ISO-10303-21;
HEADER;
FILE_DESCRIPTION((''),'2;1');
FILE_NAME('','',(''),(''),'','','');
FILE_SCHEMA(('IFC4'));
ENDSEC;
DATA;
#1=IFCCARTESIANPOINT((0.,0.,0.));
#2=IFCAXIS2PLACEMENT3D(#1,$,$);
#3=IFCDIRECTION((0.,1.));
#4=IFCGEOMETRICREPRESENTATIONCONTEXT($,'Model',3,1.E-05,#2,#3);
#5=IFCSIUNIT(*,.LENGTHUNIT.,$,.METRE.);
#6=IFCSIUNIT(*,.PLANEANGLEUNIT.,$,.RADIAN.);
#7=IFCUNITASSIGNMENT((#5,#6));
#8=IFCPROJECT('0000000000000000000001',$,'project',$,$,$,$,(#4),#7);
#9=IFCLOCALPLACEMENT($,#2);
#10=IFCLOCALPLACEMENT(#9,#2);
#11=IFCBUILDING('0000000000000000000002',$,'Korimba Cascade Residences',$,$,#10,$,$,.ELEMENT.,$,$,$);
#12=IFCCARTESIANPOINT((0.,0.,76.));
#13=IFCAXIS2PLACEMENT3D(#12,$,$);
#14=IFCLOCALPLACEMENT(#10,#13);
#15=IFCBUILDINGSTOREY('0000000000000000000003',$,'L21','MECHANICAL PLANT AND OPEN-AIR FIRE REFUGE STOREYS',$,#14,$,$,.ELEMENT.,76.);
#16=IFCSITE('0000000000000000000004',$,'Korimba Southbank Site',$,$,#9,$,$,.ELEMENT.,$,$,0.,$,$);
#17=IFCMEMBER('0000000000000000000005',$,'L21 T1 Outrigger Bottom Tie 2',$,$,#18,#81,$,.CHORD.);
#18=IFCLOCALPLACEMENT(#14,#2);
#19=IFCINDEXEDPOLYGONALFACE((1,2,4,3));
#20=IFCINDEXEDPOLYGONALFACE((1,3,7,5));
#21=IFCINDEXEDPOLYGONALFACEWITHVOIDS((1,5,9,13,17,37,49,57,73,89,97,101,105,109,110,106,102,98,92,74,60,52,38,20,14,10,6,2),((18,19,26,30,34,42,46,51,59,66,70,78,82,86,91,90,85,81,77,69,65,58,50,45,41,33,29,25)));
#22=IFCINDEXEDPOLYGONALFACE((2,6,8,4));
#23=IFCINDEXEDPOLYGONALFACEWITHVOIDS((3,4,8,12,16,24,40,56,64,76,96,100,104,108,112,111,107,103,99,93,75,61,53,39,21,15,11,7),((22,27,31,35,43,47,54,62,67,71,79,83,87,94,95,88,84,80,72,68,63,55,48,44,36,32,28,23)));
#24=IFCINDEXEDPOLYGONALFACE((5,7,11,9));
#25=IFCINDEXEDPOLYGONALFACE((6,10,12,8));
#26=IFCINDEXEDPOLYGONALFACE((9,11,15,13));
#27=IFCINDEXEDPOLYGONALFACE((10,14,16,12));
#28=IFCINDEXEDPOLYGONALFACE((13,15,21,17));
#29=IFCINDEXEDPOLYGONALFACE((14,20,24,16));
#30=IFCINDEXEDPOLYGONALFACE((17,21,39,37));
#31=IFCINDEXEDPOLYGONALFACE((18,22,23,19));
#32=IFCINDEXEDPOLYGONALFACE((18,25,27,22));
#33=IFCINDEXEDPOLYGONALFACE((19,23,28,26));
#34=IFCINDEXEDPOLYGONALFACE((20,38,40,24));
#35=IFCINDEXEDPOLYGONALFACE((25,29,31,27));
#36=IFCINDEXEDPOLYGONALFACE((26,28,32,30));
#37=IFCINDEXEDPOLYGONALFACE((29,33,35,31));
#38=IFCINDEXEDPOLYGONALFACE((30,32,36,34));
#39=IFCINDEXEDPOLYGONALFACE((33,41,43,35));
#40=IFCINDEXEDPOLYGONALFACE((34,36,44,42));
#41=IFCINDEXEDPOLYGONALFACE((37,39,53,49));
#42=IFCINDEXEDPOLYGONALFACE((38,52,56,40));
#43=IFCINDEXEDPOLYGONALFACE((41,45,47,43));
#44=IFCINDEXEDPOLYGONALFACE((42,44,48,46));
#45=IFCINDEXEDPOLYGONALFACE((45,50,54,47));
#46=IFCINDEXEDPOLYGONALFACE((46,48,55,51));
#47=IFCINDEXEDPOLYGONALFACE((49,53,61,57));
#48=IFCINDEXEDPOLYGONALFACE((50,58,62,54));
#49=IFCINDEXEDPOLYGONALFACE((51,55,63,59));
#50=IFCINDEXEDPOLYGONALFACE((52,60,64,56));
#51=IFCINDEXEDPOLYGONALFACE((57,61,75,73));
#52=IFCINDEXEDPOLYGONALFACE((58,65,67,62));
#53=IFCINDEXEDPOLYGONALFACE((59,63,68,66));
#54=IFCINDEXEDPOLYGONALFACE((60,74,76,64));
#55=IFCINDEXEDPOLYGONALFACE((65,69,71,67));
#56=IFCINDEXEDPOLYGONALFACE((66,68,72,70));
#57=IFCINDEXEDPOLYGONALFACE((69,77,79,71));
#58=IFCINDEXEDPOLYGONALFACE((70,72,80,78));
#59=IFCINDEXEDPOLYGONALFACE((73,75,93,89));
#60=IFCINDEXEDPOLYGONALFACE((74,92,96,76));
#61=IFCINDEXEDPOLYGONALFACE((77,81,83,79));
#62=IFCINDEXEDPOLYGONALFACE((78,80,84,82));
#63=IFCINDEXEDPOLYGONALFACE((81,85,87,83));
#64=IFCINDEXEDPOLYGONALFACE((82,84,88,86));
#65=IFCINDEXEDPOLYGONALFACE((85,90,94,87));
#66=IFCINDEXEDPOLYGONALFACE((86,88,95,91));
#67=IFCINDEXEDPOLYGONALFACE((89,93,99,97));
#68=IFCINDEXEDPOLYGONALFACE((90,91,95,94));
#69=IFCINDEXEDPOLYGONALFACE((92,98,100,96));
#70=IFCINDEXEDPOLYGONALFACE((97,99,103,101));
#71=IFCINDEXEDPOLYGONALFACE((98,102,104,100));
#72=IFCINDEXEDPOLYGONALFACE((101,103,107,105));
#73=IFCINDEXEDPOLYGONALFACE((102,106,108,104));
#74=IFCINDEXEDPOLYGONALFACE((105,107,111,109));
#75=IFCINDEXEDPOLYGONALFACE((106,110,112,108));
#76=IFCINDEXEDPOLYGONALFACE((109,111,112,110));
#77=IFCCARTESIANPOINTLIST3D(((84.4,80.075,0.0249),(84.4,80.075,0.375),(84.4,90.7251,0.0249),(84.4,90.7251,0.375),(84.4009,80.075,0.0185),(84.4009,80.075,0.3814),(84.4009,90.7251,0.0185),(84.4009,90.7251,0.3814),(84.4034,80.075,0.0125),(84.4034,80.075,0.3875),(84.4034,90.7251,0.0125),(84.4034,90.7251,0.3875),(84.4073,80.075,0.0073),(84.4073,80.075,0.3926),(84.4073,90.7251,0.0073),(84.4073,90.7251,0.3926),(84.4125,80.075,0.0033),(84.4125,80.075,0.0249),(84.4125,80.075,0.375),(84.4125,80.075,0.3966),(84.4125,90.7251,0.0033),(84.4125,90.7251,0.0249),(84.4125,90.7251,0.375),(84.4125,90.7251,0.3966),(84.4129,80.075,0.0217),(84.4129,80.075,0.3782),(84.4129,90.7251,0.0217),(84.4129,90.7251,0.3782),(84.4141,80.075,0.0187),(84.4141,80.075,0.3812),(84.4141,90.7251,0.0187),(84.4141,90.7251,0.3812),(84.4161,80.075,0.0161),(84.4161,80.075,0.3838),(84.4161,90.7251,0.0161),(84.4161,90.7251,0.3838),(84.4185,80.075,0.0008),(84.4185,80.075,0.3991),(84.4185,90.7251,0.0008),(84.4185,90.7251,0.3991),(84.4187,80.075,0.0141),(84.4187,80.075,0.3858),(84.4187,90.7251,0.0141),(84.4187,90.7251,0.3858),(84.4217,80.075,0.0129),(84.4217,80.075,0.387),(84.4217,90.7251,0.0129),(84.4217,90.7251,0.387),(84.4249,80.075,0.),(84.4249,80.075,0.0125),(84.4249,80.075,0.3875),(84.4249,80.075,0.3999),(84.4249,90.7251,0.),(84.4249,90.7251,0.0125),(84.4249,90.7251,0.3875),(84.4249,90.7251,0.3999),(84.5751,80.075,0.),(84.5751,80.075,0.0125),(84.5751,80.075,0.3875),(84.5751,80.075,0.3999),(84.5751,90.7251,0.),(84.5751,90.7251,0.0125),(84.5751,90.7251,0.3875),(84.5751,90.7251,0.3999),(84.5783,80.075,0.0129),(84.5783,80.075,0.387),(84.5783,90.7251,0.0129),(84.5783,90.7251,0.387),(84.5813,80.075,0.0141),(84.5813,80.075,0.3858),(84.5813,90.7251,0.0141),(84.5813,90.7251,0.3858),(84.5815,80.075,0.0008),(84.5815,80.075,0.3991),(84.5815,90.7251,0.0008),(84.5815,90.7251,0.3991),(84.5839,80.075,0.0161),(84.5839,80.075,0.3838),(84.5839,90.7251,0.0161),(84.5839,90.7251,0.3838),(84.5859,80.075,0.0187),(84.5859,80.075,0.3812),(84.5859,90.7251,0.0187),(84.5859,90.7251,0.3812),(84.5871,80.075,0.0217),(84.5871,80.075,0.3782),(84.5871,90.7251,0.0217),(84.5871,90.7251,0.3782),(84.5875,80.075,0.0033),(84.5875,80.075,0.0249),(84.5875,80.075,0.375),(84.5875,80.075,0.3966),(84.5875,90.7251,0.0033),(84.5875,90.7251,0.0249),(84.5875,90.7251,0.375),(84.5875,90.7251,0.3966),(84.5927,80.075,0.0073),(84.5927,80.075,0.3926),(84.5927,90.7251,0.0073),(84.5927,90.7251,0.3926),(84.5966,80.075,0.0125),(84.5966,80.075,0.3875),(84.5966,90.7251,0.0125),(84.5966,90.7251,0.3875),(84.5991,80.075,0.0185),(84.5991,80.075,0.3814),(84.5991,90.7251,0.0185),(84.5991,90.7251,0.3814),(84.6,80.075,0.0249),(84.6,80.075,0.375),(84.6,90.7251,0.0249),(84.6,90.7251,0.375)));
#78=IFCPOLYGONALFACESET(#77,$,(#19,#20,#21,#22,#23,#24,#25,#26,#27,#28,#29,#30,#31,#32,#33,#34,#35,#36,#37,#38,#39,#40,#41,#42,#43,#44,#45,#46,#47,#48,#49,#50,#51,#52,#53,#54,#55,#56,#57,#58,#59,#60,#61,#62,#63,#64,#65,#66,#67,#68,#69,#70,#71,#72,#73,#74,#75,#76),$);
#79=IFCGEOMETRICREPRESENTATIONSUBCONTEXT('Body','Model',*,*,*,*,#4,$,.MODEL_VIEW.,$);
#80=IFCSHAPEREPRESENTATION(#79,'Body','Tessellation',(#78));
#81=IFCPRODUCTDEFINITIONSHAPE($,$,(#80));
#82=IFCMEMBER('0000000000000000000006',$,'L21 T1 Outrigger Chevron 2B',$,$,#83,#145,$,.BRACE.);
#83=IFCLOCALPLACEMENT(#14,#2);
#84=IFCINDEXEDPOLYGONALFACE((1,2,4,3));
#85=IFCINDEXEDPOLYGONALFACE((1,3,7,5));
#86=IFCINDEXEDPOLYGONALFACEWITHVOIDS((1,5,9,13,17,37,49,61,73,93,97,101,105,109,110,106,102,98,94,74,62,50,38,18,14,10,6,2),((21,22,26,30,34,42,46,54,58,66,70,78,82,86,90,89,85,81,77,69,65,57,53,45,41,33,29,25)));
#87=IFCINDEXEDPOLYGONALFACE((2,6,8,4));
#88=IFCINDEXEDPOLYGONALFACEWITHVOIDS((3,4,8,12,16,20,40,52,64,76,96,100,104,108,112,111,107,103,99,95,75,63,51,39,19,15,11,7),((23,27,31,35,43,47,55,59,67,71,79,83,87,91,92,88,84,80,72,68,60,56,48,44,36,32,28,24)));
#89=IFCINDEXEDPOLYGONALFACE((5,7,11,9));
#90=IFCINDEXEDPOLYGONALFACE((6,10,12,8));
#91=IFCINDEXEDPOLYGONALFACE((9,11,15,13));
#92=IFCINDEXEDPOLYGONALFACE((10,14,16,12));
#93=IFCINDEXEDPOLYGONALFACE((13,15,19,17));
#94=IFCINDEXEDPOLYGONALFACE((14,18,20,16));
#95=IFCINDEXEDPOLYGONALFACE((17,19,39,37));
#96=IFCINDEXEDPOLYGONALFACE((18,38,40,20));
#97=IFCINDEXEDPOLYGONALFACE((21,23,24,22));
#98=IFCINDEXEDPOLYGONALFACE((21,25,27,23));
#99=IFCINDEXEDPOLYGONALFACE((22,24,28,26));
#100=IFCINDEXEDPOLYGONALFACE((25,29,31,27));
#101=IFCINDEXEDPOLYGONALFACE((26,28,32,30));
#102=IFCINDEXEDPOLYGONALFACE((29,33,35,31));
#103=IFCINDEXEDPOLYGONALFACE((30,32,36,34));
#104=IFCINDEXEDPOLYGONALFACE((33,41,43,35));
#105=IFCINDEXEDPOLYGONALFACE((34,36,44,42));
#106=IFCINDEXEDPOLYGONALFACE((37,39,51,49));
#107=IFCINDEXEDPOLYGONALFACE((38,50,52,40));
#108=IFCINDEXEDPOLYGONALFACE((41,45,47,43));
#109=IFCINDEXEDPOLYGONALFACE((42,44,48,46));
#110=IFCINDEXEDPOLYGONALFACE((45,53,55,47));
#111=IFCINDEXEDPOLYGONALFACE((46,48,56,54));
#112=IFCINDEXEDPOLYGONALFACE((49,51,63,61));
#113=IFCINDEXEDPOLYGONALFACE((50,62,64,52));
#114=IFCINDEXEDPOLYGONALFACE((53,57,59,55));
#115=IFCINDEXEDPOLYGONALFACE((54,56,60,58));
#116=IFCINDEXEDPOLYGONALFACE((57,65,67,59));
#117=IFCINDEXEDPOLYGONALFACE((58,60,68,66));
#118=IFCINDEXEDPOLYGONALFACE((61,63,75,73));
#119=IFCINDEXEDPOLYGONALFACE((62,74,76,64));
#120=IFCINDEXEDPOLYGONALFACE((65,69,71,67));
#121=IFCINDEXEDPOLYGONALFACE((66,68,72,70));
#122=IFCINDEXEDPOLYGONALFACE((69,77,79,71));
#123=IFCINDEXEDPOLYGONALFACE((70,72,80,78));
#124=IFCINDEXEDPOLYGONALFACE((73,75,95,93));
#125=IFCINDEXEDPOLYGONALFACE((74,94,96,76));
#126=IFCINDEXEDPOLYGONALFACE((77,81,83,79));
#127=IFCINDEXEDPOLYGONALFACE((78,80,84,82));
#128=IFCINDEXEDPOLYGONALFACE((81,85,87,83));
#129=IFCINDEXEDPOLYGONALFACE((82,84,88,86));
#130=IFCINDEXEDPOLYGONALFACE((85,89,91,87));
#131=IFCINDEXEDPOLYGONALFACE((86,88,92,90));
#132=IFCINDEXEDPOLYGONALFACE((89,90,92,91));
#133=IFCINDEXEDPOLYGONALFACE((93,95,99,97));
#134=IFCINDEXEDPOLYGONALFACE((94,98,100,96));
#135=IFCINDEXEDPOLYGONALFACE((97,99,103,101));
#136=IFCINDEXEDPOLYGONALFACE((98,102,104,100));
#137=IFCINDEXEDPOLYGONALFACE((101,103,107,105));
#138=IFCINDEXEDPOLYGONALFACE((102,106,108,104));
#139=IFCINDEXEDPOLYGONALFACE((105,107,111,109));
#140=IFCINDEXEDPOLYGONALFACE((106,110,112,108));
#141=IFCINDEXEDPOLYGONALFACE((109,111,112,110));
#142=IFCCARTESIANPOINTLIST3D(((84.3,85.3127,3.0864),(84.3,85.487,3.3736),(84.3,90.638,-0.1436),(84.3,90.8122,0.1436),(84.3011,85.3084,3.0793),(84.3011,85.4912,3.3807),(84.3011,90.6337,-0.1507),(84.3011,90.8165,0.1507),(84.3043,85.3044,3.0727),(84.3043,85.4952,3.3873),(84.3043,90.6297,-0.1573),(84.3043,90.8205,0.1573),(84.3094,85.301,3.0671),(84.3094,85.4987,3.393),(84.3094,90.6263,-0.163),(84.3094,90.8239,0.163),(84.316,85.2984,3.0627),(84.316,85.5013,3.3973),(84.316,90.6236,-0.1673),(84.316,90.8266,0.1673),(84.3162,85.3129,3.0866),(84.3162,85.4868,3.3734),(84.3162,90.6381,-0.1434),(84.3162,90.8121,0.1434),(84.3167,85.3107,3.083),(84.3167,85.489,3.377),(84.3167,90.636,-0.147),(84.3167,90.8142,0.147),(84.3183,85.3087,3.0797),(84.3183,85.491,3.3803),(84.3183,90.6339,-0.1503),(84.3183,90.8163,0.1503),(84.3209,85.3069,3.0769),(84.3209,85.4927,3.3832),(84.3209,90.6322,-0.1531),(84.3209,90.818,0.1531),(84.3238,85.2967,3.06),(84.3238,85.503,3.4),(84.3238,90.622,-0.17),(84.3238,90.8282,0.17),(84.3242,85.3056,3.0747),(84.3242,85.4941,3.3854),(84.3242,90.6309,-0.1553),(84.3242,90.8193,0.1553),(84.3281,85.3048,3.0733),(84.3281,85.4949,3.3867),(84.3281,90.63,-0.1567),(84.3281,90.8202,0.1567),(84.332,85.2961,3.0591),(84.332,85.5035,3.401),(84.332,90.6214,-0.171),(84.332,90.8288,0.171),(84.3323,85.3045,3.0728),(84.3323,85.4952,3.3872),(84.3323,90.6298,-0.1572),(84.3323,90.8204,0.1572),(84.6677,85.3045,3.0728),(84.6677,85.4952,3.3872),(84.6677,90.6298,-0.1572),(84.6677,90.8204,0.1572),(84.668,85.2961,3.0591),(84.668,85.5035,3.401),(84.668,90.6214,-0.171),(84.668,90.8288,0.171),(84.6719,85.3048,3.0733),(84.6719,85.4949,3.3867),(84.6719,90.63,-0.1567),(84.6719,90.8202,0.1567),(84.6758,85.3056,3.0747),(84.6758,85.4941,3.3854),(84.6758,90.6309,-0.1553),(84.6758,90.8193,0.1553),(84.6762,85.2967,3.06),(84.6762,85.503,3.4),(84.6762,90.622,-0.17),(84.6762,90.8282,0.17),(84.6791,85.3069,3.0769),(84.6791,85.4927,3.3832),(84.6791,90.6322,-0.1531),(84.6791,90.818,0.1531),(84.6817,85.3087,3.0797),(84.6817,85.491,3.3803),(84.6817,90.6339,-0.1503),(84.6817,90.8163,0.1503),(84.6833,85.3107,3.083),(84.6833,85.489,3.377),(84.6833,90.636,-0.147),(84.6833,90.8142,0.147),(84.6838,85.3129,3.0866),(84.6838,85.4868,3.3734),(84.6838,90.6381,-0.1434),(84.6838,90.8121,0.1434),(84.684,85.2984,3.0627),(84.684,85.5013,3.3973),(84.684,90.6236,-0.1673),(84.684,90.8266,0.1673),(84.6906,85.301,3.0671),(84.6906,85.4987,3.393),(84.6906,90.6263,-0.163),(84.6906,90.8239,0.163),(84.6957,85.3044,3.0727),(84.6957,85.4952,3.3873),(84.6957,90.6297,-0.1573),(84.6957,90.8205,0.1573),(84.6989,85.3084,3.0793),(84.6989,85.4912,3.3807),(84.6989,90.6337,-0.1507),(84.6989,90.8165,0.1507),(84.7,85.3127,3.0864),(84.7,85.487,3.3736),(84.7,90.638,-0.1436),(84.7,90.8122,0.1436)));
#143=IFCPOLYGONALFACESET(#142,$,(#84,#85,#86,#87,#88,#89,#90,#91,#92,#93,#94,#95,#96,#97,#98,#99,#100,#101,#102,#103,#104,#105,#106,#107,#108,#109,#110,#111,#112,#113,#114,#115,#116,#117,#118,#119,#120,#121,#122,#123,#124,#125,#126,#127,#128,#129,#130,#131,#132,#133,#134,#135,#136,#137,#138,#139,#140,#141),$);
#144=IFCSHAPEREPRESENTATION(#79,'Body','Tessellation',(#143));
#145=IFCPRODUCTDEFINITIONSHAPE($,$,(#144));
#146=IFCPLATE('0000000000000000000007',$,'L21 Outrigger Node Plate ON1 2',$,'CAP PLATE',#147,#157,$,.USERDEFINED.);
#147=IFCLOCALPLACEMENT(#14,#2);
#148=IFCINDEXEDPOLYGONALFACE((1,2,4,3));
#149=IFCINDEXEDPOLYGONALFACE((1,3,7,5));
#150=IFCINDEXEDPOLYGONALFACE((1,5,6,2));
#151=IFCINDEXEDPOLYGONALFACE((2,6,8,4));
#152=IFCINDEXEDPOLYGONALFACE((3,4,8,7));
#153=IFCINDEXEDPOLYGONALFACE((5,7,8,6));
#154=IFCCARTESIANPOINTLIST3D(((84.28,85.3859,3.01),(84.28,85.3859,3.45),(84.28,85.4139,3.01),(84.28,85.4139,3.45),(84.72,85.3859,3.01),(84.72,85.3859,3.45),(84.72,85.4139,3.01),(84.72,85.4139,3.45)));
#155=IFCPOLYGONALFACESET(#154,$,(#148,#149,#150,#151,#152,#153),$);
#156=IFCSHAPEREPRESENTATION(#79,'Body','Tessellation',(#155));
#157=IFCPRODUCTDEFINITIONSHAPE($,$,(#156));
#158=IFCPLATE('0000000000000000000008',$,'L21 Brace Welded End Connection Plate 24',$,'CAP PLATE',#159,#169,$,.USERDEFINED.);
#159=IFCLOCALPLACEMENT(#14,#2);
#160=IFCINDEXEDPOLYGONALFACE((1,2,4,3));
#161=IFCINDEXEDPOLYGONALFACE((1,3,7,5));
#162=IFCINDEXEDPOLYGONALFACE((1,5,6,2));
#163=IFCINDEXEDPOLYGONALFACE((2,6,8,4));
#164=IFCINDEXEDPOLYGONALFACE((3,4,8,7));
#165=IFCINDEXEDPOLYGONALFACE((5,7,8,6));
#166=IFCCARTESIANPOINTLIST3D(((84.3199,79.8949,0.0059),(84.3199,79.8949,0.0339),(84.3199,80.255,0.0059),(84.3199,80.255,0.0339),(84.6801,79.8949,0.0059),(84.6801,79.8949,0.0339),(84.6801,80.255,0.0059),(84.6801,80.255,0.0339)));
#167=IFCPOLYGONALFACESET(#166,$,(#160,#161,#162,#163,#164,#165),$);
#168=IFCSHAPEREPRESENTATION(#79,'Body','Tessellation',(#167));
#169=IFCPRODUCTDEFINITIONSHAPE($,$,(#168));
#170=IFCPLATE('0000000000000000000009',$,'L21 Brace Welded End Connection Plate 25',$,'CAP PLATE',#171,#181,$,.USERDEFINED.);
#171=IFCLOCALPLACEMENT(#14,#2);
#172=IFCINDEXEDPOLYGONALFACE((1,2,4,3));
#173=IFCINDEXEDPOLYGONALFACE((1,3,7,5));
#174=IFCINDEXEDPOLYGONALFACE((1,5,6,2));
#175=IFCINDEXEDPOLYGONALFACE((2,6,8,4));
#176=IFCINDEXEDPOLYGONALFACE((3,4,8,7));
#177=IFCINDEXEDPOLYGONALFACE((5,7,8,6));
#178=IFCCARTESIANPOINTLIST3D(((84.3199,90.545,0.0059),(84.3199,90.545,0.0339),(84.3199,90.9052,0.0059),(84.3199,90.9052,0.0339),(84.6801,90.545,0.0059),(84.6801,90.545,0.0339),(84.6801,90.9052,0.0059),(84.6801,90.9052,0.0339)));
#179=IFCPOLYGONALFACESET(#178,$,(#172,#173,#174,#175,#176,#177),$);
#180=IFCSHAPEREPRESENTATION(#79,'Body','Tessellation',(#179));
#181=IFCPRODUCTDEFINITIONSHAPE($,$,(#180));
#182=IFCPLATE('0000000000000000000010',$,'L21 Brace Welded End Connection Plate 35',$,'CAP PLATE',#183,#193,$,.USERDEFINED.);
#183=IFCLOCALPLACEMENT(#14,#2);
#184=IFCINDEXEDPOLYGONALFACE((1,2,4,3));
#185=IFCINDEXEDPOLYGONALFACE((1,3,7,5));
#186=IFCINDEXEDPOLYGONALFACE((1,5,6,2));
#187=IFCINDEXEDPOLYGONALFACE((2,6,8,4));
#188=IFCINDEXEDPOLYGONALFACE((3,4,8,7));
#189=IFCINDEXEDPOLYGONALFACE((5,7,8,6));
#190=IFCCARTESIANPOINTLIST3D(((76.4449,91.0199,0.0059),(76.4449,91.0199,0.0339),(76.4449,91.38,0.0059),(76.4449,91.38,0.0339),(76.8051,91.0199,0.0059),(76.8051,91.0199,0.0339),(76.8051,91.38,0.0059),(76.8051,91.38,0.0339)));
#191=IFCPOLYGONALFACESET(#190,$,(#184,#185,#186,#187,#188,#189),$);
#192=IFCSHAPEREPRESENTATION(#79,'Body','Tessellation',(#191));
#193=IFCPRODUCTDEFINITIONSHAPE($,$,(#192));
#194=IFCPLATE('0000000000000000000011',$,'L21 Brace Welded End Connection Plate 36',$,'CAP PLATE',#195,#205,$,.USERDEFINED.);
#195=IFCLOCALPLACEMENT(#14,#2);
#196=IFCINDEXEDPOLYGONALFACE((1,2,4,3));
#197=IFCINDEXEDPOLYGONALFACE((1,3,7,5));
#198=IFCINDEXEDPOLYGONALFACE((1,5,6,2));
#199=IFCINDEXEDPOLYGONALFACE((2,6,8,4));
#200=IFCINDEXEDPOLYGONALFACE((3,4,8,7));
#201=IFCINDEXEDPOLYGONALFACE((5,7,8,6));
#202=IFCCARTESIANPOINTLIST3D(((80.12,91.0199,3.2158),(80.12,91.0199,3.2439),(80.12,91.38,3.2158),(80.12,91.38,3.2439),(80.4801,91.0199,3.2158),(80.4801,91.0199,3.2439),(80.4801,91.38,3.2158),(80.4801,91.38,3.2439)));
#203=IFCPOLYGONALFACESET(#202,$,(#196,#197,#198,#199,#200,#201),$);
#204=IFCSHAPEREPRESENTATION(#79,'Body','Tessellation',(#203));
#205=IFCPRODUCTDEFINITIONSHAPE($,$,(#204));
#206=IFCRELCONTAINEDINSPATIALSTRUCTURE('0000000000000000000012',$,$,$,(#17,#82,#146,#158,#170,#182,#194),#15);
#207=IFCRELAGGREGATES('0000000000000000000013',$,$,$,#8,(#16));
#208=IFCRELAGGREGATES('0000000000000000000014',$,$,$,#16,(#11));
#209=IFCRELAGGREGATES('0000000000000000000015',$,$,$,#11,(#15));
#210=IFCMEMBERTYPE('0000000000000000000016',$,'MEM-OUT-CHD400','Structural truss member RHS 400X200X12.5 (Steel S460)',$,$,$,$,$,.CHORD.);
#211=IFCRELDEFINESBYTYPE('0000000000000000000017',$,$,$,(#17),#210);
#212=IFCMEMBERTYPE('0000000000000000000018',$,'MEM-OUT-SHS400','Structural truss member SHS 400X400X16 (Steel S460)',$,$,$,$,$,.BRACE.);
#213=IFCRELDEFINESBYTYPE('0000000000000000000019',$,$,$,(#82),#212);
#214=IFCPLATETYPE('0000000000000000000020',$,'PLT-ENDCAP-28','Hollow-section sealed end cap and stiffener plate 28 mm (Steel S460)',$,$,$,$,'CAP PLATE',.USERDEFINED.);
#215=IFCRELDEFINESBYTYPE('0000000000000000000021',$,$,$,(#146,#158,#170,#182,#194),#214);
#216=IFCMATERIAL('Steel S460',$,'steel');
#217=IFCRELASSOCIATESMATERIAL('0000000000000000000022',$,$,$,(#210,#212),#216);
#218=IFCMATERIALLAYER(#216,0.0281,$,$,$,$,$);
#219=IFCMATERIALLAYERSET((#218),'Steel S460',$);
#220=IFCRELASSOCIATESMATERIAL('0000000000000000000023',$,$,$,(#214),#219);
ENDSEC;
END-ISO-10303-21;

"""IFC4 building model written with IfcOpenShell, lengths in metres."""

from ifc_helpers import new_model, si_unit, direction, frame, origin, origin_2d, place, context, subcontext, project, spatial, rectangle, hollow_rectangle, extrude, material, layer, layer_set, material_profile, profile_set, type_object, element, save


model = new_model("IFC4")

# Units and contexts
model_context = context("Model", 3, precision=1e-05, world=origin(), true_north=direction((0.0, 1.0)))
body_context = subcontext(model_context, "Body", "Model", "MODEL_VIEW")
ifc_project = project(units=[si_unit("LENGTHUNIT", "METRE"), si_unit("PLANEANGLEUNIT", "RADIAN")], contexts=[model_context])

# Site, building, storey
site_placement = place(None, origin())
site = spatial("IfcSite", under=ifc_project, at=site_placement, Name="Korimba Southbank Site", CompositionType="ELEMENT", RefElevation=0.0)
building_placement = place(site_placement, origin())
building = spatial("IfcBuilding", under=site, at=building_placement, Name="Korimba Cascade Residences", CompositionType="ELEMENT")
storey_placement = place(building_placement, frame((0.0, 0.0, 76.0)))
storey = spatial("IfcBuildingStorey", under=building, at=storey_placement, Name="L21", Description="MECHANICAL PLANT AND OPEN-AIR FIRE REFUGE STOREYS", CompositionType="ELEMENT", Elevation=76.0)

# Members
ifc_material_1 = material(Name="Steel S460", Category="steel")
ifc_material_profile_1 = material_profile(ifc_material_1, hollow_rectangle(XDim=0.2, YDim=0.3999, WallThickness=0.0125, InnerFilletRadius=0.0125, OuterFilletRadius=0.0249, at=origin_2d()), Name="Steel S460")
ifc_profile_set_1 = profile_set([ifc_material_profile_1], Name="Steel S460")
member_type_1 = type_object("IfcMemberType", Name="MEM-OUT-CHD400", Description="Structural truss member RHS 400X200X12.5 (Steel S460)", PredefinedType="CHORD", material=ifc_profile_set_1)
member_1_placement = place(storey_placement, frame((84.5, 80.075, 0.2), z_axis=(0.0, 1.0, 0.0), x_axis=(-1.0, 0.0, 0.0)))
element("IfcMember", 1, at=member_1_placement, inside=storey, type_object=member_type_1, Name="L21 T1 Outrigger Bottom Tie 2", PredefinedType="CHORD", context=body_context, shape_type="SweptSolid", body=[
    extrude(hollow_rectangle(XDim=0.2, YDim=0.3999, WallThickness=0.0125, InnerFilletRadius=0.0125, OuterFilletRadius=0.0249, at=origin_2d()), origin(), (0.0, 0.0, 1.0), 10.6501),
])
ifc_material_profile_2 = material_profile(ifc_material_1, hollow_rectangle(XDim=0.3999, YDim=0.3999, WallThickness=0.0161, InnerFilletRadius=0.0161, OuterFilletRadius=0.032, at=origin_2d()), Name="Steel S460")
ifc_profile_set_2 = profile_set([ifc_material_profile_2], Name="Steel S460")
member_type_2 = type_object("IfcMemberType", Name="MEM-OUT-SHS400", Description="Structural truss member SHS 400X400X16 (Steel S460)", PredefinedType="BRACE", material=ifc_profile_set_2)
member_2_placement = place(storey_placement, frame((84.5, 90.7251, 0.0), z_axis=(0.0, -0.855013, 0.518606), x_axis=(1.0, 0.0, 0.0)))
element("IfcMember", 2, at=member_2_placement, inside=storey, type_object=member_type_2, Name="L21 T1 Outrigger Chevron 2B", PredefinedType="BRACE", context=body_context, shape_type="SweptSolid", body=[
    extrude(hollow_rectangle(XDim=0.3999, YDim=0.3999, WallThickness=0.0161, InnerFilletRadius=0.0161, OuterFilletRadius=0.032, at=origin_2d()), origin(), (0.0, 0.0, 1.0), 6.2283),
])

# Plates
ifc_layer = layer(ifc_material_1, 0.0281)
ifc_layer_set = layer_set([ifc_layer], Name="Steel S460")
plate_type = type_object("IfcPlateType", Name="PLT-ENDCAP-28", Description="Hollow-section sealed end cap and stiffener plate 28 mm (Steel S460)", ElementType="CAP PLATE", PredefinedType="USERDEFINED", material=ifc_layer_set)
plate_placement = place(storey_placement, frame((84.5, 85.3999, 3.01), z_axis=(0.0, 0.0, 1.0), x_axis=(1.0, 0.0, 0.0)))
element("IfcPlate", 3, at=plate_placement, inside=storey, type_object=plate_type, Name="L21 Outrigger Node Plate ON1 2", ObjectType="CAP PLATE", PredefinedType="USERDEFINED", context=body_context, shape_type="SweptSolid", body=[
    extrude(rectangle(XDim=0.4399, YDim=0.0281, at=origin_2d()), origin(), (0.0, 0.0, 1.0), 0.4399),
])
for number, where, z_axis, x_axis, name in (
    (4, (84.5, 80.075, 0.0059), (0.0, 0.0, 1.0), (1.0, 0.0, 0.0), "L21 Brace Welded End Connection Plate 24"),
    (5, (84.5, 90.7251, 0.0059), (0.0, 0.0, 1.0), (1.0, 0.0, 0.0), "L21 Brace Welded End Connection Plate 25"),
    (6, (76.625, 91.2, 0.0059), (0.0, 0.0, 1.0), (1.0, 0.0, 0.0), "L21 Brace Welded End Connection Plate 35"),
    (7, (80.3, 91.2, 3.2158), (0.0, 0.0, 1.0), (1.0, 0.0, 0.0), "L21 Brace Welded End Connection Plate 36"),
):
    element("IfcPlate", number, at=place(storey_placement, frame(where, z_axis=z_axis, x_axis=x_axis)), inside=storey, type_object=plate_type, Name=name, ObjectType="CAP PLATE", PredefinedType="USERDEFINED", context=body_context, shape_type="SweptSolid", body=[
        extrude(rectangle(XDim=0.3601, YDim=0.3601, at=origin_2d()), origin(), (0.0, 0.0, 1.0), 0.0281),
    ])

save(model, "model.ifc")
